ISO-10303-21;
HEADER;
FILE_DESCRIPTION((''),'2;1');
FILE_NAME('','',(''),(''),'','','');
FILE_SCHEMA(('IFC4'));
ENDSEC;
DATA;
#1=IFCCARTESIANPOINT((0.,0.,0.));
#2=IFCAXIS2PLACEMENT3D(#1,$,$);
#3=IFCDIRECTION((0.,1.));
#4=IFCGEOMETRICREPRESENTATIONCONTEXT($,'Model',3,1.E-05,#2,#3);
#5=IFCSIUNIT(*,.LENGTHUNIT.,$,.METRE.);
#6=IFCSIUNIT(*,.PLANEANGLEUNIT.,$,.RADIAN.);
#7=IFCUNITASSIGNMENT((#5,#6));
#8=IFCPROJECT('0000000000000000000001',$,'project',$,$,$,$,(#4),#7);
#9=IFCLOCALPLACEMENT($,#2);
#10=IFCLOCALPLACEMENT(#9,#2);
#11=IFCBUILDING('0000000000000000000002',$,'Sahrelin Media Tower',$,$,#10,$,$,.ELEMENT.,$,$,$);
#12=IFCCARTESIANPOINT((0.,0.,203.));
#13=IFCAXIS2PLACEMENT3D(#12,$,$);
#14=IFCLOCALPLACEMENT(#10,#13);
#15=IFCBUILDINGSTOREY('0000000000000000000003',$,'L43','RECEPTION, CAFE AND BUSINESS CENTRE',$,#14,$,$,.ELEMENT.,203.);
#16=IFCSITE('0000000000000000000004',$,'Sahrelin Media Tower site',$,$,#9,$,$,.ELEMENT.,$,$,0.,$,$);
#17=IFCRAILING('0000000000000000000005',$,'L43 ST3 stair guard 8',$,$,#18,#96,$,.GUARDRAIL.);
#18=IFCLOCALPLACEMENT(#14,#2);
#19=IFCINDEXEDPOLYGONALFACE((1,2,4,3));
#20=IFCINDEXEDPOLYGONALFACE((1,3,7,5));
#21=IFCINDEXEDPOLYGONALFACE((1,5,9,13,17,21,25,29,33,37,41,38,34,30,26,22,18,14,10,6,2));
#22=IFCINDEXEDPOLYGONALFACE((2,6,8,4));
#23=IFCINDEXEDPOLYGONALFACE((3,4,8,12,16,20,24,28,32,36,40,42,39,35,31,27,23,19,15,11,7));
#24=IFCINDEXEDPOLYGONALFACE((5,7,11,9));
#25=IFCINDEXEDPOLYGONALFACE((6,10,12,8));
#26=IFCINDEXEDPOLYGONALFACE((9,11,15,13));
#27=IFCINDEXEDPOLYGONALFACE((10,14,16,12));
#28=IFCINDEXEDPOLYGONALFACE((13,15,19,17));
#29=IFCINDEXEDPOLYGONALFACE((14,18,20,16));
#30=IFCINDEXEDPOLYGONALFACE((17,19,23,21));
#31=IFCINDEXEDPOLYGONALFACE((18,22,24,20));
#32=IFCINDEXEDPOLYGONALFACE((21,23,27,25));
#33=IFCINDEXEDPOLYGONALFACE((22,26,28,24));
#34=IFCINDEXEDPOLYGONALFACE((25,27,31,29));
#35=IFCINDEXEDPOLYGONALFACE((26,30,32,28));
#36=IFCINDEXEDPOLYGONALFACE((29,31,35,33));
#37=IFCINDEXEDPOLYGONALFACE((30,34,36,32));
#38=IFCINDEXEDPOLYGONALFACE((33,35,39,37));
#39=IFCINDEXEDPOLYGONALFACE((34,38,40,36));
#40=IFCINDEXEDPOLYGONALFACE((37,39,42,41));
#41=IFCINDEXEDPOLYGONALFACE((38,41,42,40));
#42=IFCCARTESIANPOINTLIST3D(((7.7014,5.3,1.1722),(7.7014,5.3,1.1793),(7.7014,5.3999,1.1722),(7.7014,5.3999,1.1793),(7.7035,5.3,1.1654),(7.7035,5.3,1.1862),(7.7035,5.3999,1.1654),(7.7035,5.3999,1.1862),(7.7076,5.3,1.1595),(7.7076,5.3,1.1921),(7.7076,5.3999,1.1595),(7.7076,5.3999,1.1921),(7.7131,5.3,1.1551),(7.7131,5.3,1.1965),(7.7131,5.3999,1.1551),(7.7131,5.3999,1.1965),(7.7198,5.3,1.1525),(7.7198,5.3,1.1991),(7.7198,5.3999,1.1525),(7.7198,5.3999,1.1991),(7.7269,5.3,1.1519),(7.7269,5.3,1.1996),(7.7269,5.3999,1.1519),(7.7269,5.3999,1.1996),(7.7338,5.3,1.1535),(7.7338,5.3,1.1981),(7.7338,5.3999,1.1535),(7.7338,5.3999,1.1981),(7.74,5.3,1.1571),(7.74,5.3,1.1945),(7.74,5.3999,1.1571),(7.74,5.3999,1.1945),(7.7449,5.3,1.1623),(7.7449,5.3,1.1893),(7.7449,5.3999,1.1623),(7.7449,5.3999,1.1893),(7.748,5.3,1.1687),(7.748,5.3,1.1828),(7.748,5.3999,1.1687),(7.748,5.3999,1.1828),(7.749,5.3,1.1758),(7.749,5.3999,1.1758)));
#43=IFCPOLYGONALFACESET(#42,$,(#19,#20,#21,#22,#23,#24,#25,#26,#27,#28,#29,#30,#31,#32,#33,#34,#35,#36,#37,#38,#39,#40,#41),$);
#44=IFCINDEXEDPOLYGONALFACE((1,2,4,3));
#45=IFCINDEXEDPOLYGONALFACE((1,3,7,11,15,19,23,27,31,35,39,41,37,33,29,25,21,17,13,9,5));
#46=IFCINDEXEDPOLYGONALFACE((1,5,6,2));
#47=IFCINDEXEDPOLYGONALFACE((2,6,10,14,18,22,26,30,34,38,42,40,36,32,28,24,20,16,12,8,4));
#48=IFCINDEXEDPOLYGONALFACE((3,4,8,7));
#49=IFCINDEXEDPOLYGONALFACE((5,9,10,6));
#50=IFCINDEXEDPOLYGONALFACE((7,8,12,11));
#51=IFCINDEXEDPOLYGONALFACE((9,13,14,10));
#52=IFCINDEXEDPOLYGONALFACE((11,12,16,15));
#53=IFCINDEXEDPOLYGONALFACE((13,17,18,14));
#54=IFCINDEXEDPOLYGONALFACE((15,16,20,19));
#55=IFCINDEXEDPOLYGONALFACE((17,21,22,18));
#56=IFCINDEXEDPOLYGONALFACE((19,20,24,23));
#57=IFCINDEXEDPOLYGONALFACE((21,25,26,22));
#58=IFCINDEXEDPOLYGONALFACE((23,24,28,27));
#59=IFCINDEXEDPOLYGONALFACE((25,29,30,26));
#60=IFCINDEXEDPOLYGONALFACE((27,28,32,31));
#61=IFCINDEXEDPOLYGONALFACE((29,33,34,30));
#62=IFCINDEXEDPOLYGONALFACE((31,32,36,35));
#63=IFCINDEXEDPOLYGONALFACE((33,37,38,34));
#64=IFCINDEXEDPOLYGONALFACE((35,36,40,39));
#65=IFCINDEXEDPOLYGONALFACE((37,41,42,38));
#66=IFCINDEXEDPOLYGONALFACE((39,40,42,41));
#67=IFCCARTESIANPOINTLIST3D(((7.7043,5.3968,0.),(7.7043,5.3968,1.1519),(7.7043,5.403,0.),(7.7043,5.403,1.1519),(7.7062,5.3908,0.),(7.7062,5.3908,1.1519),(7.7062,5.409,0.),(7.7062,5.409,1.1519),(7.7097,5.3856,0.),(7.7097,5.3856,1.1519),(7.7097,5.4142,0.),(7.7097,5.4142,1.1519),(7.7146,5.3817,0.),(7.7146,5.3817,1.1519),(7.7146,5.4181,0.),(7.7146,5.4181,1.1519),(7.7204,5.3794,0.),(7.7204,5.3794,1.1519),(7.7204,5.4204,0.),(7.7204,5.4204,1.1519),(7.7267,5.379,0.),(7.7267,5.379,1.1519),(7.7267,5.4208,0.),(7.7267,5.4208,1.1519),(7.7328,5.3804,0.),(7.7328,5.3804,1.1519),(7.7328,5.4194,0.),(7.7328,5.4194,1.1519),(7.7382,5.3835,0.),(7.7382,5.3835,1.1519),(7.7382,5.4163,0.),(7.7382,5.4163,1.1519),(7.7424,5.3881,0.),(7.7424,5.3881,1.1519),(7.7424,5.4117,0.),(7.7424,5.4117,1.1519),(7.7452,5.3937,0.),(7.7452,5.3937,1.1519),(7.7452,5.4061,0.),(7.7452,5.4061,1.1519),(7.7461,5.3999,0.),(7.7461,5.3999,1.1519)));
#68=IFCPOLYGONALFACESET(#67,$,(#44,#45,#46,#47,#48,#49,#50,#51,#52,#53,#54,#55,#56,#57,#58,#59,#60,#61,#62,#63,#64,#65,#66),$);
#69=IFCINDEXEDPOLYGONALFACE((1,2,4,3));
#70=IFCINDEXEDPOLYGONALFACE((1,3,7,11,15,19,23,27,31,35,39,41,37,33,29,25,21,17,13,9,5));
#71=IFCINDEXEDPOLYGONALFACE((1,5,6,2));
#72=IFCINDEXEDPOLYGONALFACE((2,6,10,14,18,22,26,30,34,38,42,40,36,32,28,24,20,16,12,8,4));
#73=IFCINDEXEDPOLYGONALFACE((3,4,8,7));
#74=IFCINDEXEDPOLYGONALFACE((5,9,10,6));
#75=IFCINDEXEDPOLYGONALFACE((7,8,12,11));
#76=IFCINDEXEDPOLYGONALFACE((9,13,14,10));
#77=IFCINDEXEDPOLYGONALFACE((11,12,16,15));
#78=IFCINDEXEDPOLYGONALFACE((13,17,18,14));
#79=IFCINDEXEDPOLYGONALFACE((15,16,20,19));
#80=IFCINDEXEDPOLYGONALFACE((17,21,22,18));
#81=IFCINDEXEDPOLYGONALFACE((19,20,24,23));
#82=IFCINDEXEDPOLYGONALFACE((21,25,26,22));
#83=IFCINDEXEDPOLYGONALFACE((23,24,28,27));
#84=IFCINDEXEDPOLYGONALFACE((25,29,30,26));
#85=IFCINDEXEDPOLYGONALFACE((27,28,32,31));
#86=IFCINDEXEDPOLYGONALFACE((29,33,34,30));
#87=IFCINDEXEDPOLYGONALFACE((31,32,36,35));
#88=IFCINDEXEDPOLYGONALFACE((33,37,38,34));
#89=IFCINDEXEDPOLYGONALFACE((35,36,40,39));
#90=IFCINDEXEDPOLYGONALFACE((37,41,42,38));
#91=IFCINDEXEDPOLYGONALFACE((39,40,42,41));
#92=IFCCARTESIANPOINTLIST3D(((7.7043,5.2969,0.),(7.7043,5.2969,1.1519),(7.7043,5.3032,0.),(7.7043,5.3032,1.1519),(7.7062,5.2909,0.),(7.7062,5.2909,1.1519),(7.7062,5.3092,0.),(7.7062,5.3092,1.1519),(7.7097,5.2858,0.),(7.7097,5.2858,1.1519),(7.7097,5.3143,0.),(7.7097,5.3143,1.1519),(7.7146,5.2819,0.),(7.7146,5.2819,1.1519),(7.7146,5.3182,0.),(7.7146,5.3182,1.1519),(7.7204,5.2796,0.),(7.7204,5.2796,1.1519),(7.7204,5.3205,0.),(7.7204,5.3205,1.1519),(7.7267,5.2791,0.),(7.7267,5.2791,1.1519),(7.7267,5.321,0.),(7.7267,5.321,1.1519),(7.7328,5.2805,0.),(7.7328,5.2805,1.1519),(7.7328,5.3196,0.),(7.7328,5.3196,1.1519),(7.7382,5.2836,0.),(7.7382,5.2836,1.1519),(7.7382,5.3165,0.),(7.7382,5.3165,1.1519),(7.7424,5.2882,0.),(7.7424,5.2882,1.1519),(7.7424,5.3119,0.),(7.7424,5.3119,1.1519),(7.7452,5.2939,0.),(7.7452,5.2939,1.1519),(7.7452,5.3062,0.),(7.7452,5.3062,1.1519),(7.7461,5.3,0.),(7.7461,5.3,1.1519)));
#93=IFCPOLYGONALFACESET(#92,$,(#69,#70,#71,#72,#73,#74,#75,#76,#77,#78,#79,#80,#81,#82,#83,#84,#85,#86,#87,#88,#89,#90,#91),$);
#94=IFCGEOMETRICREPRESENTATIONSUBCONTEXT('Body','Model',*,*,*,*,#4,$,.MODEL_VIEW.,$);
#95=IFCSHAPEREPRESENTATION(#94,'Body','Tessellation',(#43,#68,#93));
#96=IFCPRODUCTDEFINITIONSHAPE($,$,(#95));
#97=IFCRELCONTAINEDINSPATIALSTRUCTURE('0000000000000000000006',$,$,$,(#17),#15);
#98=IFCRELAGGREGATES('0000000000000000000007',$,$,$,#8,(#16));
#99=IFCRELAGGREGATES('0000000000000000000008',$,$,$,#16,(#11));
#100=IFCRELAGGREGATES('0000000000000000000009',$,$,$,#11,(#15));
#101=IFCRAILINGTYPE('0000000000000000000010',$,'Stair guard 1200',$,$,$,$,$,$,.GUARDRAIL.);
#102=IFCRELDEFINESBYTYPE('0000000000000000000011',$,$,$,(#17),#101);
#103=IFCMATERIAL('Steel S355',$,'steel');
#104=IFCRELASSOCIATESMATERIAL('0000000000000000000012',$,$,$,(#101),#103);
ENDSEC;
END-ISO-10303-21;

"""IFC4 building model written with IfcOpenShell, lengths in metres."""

from ifc_helpers import new_model, si_unit, direction, frame, origin, origin_2d, place, context, subcontext, project, spatial, circle, extrude, material, type_object, element, save


model = new_model("IFC4")

# Units and contexts
model_context = context("Model", 3, precision=1e-05, world=origin(), true_north=direction((0.0, 1.0)))
body_context = subcontext(model_context, "Body", "Model", "MODEL_VIEW")
ifc_project = project(units=[si_unit("LENGTHUNIT", "METRE"), si_unit("PLANEANGLEUNIT", "RADIAN")], contexts=[model_context])

# Site, building, storey
site_placement = place(None, origin())
site = spatial("IfcSite", under=ifc_project, at=site_placement, Name="Sahrelin Media Tower site", CompositionType="ELEMENT", RefElevation=0.0)
building_placement = place(site_placement, origin())
building = spatial("IfcBuilding", under=site, at=building_placement, Name="Sahrelin Media Tower", CompositionType="ELEMENT")
storey_placement = place(building_placement, frame((0.0, 0.0, 203.0)))
storey = spatial("IfcBuildingStorey", under=building, at=storey_placement, Name="L43", Description="RECEPTION, CAFE AND BUSINESS CENTRE", CompositionType="ELEMENT", Elevation=203.0)

# Railing
ifc_material_1 = material(Name="Steel S355", Category="steel")
railing_type_1 = type_object("IfcRailingType", Name="Stair guard 1200", PredefinedType="GUARDRAIL", material=ifc_material_1)
railing_1_placement = place(storey_placement, frame((7.7251, 5.3999, 0.0)))
element("IfcRailing", 1, at=railing_1_placement, inside=storey, type_object=railing_type_1, Name="L43 ST3 stair guard 8", PredefinedType="GUARDRAIL", context=body_context, shape_type="SweptSolid", body=[
    extrude(circle(Radius=0.0239, at=origin_2d()), frame((0.0, 0.0, 1.1758), z_axis=(0.0, -1.0, 0.0), x_axis=(1.0, 0.0, 0.0)), (0.0, 0.0, 1.0), 0.0999),
    extrude(circle(Radius=0.021, at=origin_2d()), origin(), (0.0, 0.0, 1.0), 1.1519),
    extrude(circle(Radius=0.021, at=origin_2d()), frame((0.0, -0.0999, 0.0)), (0.0, 0.0, 1.0), 1.1519),
])

save(model, "model.ifc")
